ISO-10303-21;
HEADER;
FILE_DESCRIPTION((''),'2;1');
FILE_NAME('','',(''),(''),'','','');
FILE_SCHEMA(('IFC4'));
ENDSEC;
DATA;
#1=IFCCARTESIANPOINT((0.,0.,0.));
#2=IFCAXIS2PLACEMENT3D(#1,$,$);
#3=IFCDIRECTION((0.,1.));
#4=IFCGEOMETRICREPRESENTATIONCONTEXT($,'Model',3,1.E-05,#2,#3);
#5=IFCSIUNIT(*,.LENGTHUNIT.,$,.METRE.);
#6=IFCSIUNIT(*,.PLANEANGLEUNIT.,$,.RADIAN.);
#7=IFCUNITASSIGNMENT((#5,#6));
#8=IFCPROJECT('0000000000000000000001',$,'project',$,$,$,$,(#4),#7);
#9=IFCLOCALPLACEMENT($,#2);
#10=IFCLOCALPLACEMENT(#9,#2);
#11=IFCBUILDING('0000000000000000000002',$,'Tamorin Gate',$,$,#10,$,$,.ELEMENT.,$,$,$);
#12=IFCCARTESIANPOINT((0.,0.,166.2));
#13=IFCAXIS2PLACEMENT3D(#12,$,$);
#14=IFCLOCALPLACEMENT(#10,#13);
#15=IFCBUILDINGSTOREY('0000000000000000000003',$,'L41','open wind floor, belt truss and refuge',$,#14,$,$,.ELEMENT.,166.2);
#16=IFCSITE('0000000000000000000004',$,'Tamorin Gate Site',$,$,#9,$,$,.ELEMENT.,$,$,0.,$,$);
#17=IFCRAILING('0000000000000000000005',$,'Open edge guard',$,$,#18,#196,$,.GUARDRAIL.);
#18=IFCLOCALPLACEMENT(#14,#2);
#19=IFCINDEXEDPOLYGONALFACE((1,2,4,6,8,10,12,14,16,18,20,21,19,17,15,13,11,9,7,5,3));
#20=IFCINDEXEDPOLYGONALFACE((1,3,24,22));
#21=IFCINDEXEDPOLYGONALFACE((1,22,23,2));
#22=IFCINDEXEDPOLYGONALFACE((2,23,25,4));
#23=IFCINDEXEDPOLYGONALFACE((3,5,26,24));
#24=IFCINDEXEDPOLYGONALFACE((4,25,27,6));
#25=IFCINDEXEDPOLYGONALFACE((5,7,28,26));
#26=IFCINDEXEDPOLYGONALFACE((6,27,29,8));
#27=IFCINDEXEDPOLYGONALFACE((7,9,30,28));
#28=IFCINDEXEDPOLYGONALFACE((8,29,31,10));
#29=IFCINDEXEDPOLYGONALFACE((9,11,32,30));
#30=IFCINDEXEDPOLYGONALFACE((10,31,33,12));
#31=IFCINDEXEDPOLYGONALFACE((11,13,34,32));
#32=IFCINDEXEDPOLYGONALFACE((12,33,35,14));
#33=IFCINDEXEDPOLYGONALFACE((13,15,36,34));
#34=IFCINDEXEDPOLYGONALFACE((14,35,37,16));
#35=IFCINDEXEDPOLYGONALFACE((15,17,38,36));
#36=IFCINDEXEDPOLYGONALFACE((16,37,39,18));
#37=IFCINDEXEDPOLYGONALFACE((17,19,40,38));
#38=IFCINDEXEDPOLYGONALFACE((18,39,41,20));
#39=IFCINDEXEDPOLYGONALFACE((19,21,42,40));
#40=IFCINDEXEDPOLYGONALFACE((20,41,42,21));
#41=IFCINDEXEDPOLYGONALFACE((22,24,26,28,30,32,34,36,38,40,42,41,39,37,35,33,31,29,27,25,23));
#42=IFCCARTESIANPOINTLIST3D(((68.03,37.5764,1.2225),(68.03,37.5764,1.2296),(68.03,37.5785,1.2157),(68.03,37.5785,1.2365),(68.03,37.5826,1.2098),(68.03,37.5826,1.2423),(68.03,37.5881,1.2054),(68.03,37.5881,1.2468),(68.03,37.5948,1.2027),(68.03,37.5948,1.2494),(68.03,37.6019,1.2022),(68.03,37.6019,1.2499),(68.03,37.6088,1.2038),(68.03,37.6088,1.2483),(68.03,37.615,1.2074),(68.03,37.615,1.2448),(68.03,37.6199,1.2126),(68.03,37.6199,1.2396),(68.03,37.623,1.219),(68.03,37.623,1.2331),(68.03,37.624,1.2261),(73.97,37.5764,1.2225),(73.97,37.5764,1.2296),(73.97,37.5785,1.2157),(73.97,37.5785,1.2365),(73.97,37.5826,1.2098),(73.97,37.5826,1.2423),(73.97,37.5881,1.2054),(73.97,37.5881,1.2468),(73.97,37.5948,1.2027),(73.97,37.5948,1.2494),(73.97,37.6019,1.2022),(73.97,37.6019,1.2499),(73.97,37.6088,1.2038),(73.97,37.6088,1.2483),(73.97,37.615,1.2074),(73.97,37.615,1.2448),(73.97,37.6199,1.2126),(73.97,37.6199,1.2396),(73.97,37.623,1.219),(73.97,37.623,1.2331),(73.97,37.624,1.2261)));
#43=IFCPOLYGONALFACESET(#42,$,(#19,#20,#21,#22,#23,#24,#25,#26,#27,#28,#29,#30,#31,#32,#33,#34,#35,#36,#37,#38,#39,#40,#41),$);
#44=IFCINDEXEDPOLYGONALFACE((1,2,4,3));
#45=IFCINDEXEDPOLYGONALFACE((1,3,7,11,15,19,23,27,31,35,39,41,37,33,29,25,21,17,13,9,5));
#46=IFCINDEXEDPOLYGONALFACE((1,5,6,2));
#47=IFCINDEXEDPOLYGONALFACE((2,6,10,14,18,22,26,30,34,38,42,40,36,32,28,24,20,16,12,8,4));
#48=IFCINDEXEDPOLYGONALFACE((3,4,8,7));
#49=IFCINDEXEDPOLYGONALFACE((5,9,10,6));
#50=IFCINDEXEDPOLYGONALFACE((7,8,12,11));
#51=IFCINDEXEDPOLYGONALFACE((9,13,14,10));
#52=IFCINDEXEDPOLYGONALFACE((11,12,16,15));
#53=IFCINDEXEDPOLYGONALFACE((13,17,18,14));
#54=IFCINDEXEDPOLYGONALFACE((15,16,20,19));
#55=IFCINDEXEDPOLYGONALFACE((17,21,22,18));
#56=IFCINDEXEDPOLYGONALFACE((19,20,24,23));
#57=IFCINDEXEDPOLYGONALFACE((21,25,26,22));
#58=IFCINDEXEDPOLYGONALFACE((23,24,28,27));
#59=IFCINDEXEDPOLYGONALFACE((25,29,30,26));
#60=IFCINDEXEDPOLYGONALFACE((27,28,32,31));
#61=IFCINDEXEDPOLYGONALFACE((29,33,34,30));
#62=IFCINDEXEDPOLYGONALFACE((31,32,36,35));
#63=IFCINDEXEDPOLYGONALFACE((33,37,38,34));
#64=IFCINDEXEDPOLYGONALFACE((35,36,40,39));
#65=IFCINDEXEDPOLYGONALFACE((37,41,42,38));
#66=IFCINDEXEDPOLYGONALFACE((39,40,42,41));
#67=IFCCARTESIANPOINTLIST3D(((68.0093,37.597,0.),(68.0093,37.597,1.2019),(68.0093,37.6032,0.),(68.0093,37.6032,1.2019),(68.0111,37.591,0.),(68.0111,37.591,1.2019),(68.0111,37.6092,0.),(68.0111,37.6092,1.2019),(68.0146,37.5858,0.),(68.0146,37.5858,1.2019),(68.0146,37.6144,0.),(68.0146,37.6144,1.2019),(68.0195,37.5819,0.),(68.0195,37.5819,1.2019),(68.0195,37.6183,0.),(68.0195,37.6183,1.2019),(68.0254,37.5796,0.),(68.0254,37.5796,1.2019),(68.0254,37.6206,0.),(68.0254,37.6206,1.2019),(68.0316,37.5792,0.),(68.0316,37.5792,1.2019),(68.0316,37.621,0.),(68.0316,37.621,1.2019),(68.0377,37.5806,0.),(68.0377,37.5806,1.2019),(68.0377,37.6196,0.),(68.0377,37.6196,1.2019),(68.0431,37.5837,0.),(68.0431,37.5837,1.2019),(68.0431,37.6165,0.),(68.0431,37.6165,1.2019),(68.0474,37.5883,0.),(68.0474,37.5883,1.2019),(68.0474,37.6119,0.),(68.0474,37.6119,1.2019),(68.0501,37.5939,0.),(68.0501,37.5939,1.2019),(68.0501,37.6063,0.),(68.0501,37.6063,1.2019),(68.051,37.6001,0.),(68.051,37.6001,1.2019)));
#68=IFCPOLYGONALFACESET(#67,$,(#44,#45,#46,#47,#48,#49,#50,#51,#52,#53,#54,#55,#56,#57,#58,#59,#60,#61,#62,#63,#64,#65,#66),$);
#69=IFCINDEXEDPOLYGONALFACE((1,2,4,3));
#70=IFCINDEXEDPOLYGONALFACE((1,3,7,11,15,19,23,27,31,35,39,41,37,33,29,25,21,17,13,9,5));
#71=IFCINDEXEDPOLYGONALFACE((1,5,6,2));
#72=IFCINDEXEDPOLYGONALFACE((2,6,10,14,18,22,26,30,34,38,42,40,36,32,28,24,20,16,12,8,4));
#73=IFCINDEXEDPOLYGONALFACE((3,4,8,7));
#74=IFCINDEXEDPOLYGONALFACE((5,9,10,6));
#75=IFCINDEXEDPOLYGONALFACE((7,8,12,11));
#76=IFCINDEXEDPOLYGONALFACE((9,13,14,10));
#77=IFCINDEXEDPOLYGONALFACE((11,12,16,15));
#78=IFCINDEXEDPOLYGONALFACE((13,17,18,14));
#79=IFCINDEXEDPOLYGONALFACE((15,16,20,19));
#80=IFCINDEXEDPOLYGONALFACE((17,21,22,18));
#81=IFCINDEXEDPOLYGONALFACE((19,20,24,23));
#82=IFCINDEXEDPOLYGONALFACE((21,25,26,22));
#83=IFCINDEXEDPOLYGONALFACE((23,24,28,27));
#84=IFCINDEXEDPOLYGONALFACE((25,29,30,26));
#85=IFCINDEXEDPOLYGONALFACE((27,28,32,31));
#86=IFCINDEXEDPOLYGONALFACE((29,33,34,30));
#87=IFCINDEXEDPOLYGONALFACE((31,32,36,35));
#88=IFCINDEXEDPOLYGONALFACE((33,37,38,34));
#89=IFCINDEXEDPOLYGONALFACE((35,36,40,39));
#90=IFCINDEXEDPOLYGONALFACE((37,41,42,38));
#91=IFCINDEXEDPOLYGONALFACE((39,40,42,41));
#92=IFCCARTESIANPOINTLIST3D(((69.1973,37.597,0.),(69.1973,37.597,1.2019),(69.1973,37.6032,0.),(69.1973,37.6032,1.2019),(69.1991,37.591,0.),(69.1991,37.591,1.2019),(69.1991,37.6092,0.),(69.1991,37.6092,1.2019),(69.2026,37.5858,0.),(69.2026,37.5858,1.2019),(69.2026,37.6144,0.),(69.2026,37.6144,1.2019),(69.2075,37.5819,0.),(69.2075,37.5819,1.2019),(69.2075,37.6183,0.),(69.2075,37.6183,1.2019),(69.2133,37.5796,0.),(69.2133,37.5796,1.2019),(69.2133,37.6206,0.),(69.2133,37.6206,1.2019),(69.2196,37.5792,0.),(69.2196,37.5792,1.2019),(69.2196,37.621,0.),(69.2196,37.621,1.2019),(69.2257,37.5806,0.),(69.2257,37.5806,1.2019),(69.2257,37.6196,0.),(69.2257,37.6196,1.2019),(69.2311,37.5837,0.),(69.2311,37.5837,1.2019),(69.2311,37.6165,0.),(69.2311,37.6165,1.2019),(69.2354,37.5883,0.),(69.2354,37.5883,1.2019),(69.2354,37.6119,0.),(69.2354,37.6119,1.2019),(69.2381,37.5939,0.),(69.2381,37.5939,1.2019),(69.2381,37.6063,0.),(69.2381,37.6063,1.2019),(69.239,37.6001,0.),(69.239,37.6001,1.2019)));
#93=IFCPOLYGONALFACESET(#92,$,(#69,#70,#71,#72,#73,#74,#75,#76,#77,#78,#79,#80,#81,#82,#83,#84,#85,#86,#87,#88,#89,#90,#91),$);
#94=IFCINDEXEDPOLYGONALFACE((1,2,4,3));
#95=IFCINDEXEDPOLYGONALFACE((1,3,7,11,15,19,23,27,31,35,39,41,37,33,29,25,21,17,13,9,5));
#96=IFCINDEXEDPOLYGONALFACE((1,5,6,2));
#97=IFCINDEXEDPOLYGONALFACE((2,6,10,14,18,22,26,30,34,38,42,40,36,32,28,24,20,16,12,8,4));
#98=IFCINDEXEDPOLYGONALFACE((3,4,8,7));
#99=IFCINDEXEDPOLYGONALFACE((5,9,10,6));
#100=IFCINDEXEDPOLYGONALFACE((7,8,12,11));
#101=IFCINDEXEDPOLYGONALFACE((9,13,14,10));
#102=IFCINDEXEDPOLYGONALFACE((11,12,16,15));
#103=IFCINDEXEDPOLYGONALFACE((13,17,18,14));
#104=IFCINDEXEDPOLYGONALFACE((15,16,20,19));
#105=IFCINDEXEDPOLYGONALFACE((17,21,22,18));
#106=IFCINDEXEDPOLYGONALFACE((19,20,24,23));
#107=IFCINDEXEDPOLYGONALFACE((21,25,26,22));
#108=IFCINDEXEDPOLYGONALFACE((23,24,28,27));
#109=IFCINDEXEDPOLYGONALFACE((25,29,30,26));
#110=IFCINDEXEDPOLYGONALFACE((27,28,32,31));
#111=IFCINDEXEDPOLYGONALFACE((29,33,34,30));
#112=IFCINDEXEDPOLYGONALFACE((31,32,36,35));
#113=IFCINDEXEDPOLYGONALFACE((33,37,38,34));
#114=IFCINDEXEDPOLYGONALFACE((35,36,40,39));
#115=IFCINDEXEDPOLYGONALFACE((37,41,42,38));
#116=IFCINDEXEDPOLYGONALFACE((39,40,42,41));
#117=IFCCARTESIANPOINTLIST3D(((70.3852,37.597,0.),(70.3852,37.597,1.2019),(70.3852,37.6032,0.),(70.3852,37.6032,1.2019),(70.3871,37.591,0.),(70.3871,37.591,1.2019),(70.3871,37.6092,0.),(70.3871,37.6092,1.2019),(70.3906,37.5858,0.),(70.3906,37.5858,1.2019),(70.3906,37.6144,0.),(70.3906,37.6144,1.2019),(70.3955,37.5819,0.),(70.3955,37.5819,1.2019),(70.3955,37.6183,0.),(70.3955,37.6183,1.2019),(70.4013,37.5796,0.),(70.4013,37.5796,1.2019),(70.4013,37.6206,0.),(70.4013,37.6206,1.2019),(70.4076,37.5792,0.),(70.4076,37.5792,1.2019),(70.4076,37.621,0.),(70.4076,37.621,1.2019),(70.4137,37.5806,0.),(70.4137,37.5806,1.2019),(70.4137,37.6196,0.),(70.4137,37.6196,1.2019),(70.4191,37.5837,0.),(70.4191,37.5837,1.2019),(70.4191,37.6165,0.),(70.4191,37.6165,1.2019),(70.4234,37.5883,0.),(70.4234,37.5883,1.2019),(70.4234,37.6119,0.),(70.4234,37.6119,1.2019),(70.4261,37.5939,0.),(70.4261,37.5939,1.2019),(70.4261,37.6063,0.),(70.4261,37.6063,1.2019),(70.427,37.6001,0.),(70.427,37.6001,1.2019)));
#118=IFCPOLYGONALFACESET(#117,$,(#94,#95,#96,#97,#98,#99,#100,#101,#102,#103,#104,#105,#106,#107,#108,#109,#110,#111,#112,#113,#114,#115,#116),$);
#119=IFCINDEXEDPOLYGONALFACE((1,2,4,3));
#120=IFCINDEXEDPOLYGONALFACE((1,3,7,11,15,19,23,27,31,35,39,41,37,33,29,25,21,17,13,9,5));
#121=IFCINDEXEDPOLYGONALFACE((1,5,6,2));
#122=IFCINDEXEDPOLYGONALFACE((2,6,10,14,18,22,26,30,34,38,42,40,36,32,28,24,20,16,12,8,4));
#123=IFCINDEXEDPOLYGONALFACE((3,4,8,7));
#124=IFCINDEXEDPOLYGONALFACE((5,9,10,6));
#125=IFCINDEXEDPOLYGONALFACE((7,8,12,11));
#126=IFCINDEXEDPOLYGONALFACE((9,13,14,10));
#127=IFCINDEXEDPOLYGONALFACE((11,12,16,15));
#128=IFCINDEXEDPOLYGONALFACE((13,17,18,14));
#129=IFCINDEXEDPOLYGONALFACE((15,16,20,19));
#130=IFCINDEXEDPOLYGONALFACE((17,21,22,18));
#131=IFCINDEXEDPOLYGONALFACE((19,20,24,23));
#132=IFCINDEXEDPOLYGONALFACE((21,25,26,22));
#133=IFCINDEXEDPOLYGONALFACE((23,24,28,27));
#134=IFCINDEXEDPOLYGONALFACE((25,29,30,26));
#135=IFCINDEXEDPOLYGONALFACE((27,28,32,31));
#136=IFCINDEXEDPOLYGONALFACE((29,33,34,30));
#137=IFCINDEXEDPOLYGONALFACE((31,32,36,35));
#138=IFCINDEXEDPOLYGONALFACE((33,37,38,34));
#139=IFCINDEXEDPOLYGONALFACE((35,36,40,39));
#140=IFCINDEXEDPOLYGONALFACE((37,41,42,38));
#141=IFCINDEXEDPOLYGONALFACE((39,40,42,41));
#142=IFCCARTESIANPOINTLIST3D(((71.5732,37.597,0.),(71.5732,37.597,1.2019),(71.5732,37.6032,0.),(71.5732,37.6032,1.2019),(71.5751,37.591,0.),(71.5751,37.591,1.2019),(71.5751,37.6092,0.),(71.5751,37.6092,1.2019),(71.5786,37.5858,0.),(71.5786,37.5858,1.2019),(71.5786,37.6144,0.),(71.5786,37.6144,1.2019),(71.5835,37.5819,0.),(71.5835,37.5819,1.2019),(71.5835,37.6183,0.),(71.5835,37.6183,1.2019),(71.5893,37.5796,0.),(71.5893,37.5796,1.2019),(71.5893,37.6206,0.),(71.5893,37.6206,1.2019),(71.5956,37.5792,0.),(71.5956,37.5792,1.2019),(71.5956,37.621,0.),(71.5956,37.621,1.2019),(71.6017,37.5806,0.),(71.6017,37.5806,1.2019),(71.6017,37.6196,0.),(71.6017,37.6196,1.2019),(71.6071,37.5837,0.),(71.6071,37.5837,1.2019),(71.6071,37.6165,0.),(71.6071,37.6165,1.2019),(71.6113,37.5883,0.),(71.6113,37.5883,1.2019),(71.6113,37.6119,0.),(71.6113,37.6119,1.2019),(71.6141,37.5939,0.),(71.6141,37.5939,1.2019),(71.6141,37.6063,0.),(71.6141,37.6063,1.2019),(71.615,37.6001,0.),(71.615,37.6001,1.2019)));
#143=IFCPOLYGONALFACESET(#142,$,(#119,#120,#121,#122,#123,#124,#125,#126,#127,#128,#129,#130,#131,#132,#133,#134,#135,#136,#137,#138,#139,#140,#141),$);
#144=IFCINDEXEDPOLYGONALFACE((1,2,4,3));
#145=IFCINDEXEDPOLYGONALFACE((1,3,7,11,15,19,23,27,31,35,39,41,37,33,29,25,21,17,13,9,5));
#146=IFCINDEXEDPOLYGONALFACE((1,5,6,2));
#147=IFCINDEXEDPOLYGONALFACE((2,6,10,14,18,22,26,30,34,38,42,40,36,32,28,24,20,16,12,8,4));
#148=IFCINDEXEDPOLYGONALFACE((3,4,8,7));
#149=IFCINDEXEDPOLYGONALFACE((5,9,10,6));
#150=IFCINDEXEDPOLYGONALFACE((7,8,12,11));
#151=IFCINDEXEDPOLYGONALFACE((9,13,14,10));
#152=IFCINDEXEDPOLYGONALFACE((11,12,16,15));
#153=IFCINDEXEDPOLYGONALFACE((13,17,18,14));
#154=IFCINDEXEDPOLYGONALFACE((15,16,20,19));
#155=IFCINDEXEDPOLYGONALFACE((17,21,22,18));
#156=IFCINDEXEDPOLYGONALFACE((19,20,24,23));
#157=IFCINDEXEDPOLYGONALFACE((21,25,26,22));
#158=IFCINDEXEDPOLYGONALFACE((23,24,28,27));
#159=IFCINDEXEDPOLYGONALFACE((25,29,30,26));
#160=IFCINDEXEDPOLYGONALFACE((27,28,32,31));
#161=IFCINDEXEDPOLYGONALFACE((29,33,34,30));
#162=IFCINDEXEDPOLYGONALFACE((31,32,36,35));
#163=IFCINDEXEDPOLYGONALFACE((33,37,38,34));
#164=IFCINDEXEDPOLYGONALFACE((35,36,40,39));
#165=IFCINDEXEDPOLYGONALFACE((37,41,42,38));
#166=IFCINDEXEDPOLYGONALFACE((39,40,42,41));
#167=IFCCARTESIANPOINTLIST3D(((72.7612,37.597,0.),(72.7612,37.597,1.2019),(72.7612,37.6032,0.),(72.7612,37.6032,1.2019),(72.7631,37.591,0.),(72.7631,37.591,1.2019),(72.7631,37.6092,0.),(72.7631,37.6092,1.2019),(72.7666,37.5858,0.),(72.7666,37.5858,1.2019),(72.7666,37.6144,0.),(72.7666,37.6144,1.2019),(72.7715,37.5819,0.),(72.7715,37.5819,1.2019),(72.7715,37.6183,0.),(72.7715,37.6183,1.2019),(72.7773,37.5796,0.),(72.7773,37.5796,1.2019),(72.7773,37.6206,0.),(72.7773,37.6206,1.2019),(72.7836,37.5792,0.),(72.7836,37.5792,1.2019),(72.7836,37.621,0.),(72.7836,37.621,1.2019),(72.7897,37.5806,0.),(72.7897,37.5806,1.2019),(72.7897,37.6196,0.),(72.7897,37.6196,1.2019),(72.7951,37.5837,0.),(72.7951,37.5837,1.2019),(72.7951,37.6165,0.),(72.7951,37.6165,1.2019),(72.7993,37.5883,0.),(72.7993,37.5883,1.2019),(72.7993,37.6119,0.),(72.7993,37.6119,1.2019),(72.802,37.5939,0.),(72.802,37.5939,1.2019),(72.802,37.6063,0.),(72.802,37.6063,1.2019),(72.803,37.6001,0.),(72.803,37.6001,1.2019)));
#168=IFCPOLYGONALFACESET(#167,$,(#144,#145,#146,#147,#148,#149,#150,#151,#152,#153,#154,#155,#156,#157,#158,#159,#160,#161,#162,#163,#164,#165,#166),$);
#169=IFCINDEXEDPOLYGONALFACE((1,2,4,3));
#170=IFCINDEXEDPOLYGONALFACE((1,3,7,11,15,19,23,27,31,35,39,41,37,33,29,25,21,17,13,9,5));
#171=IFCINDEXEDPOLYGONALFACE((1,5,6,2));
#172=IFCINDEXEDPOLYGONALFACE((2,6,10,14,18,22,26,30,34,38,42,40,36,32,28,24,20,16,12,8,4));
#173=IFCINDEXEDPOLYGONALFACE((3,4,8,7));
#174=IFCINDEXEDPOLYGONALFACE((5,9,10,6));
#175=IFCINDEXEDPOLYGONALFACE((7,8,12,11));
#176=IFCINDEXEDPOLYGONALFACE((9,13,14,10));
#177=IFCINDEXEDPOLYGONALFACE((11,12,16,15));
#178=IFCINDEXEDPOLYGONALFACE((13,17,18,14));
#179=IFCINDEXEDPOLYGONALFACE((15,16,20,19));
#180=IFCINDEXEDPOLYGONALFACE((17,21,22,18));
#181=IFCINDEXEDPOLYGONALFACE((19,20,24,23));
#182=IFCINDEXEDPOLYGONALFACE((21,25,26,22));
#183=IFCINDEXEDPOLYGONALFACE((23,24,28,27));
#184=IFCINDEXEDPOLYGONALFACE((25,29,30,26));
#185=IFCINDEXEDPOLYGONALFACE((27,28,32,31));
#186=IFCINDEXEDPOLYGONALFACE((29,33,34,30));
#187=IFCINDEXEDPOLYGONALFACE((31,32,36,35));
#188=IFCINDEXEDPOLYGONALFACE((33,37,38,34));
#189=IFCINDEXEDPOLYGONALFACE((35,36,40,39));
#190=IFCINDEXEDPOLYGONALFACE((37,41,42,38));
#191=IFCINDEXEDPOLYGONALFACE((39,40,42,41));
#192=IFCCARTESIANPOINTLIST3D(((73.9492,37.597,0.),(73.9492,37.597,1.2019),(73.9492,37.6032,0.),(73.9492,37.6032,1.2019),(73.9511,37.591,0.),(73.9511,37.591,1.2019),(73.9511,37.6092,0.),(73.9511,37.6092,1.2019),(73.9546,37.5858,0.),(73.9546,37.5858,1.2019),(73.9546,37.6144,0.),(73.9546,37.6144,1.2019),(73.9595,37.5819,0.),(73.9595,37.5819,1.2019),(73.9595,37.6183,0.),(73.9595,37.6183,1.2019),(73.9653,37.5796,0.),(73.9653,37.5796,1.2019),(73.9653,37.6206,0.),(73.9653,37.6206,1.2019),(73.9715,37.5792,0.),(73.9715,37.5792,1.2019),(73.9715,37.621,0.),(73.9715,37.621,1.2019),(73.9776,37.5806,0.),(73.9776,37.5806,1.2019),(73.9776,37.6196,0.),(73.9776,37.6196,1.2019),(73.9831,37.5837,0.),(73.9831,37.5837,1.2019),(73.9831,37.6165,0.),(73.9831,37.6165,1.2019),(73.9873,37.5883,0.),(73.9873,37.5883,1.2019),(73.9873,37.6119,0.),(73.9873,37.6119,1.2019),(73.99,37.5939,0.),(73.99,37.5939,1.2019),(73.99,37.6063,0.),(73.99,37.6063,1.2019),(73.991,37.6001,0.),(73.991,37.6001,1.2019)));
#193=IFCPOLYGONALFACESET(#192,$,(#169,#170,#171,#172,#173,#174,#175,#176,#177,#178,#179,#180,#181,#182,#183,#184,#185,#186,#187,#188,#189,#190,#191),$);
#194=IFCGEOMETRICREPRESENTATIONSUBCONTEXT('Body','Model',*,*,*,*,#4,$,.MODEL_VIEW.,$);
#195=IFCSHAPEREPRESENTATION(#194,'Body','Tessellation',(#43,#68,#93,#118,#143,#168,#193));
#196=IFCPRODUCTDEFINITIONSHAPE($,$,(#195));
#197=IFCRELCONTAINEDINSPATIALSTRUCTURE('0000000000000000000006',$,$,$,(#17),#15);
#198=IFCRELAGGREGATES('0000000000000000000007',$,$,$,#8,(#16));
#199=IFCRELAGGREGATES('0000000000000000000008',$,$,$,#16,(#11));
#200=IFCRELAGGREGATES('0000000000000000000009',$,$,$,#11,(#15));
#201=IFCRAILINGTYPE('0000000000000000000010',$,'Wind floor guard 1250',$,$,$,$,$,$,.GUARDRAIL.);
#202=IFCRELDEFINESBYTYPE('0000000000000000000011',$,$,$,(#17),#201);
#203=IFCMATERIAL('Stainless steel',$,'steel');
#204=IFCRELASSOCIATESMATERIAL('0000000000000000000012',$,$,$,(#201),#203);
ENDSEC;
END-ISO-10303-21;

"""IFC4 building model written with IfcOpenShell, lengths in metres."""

from ifc_helpers import new_model, si_unit, direction, frame, origin, origin_2d, place, context, subcontext, project, spatial, circle, extrude, material, type_object, element, save


model = new_model("IFC4")

# Units and contexts
model_context = context("Model", 3, precision=1e-05, world=origin(), true_north=direction((0.0, 1.0)))
body_context = subcontext(model_context, "Body", "Model", "MODEL_VIEW")
ifc_project = project(units=[si_unit("LENGTHUNIT", "METRE"), si_unit("PLANEANGLEUNIT", "RADIAN")], contexts=[model_context])

# Site, building, storey
site_placement = place(None, origin())
site = spatial("IfcSite", under=ifc_project, at=site_placement, Name="Tamorin Gate Site", CompositionType="ELEMENT", RefElevation=0.0)
building_placement = place(site_placement, origin())
building = spatial("IfcBuilding", under=site, at=building_placement, Name="Tamorin Gate", CompositionType="ELEMENT")
storey_placement = place(building_placement, frame((0.0, 0.0, 166.2)))
storey = spatial("IfcBuildingStorey", under=building, at=storey_placement, Name="L41", Description="open wind floor, belt truss and refuge", CompositionType="ELEMENT", Elevation=166.2)

# Railing
ifc_material_1 = material(Name="Stainless steel", Category="steel")
railing_type = type_object("IfcRailingType", Name="Wind floor guard 1250", PredefinedType="GUARDRAIL", material=ifc_material_1)
railing_1_placement = place(storey_placement, frame((68.03, 37.6001, 0.0)))
element("IfcRailing", 1, at=railing_1_placement, inside=storey, type_object=railing_type, Name="Open edge guard", PredefinedType="GUARDRAIL", context=body_context, shape_type="SweptSolid", body=[
    extrude(circle(Radius=0.0239, at=origin_2d()), frame((0.0, 0.0, 1.2261), z_axis=(1.0, 0.0, 0.0), x_axis=(0.0, 1.0, 0.0)), (0.0, 0.0, 1.0), 5.9399),
    extrude(circle(Radius=0.021, at=origin_2d()), origin(), (0.0, 0.0, 1.0), 1.2019),
    extrude(circle(Radius=0.021, at=origin_2d()), frame((1.188, 0.0, 0.0)), (0.0, 0.0, 1.0), 1.2019),
    extrude(circle(Radius=0.021, at=origin_2d()), frame((2.376, 0.0, 0.0)), (0.0, 0.0, 1.0), 1.2019),
    extrude(circle(Radius=0.021, at=origin_2d()), frame((3.564, 0.0, 0.0)), (0.0, 0.0, 1.0), 1.2019),
    extrude(circle(Radius=0.021, at=origin_2d()), frame((4.752, 0.0, 0.0)), (0.0, 0.0, 1.0), 1.2019),
    extrude(circle(Radius=0.021, at=origin_2d()), frame((5.9399, 0.0, 0.0)), (0.0, 0.0, 1.0), 1.2019),
])

save(model, "model.ifc")
